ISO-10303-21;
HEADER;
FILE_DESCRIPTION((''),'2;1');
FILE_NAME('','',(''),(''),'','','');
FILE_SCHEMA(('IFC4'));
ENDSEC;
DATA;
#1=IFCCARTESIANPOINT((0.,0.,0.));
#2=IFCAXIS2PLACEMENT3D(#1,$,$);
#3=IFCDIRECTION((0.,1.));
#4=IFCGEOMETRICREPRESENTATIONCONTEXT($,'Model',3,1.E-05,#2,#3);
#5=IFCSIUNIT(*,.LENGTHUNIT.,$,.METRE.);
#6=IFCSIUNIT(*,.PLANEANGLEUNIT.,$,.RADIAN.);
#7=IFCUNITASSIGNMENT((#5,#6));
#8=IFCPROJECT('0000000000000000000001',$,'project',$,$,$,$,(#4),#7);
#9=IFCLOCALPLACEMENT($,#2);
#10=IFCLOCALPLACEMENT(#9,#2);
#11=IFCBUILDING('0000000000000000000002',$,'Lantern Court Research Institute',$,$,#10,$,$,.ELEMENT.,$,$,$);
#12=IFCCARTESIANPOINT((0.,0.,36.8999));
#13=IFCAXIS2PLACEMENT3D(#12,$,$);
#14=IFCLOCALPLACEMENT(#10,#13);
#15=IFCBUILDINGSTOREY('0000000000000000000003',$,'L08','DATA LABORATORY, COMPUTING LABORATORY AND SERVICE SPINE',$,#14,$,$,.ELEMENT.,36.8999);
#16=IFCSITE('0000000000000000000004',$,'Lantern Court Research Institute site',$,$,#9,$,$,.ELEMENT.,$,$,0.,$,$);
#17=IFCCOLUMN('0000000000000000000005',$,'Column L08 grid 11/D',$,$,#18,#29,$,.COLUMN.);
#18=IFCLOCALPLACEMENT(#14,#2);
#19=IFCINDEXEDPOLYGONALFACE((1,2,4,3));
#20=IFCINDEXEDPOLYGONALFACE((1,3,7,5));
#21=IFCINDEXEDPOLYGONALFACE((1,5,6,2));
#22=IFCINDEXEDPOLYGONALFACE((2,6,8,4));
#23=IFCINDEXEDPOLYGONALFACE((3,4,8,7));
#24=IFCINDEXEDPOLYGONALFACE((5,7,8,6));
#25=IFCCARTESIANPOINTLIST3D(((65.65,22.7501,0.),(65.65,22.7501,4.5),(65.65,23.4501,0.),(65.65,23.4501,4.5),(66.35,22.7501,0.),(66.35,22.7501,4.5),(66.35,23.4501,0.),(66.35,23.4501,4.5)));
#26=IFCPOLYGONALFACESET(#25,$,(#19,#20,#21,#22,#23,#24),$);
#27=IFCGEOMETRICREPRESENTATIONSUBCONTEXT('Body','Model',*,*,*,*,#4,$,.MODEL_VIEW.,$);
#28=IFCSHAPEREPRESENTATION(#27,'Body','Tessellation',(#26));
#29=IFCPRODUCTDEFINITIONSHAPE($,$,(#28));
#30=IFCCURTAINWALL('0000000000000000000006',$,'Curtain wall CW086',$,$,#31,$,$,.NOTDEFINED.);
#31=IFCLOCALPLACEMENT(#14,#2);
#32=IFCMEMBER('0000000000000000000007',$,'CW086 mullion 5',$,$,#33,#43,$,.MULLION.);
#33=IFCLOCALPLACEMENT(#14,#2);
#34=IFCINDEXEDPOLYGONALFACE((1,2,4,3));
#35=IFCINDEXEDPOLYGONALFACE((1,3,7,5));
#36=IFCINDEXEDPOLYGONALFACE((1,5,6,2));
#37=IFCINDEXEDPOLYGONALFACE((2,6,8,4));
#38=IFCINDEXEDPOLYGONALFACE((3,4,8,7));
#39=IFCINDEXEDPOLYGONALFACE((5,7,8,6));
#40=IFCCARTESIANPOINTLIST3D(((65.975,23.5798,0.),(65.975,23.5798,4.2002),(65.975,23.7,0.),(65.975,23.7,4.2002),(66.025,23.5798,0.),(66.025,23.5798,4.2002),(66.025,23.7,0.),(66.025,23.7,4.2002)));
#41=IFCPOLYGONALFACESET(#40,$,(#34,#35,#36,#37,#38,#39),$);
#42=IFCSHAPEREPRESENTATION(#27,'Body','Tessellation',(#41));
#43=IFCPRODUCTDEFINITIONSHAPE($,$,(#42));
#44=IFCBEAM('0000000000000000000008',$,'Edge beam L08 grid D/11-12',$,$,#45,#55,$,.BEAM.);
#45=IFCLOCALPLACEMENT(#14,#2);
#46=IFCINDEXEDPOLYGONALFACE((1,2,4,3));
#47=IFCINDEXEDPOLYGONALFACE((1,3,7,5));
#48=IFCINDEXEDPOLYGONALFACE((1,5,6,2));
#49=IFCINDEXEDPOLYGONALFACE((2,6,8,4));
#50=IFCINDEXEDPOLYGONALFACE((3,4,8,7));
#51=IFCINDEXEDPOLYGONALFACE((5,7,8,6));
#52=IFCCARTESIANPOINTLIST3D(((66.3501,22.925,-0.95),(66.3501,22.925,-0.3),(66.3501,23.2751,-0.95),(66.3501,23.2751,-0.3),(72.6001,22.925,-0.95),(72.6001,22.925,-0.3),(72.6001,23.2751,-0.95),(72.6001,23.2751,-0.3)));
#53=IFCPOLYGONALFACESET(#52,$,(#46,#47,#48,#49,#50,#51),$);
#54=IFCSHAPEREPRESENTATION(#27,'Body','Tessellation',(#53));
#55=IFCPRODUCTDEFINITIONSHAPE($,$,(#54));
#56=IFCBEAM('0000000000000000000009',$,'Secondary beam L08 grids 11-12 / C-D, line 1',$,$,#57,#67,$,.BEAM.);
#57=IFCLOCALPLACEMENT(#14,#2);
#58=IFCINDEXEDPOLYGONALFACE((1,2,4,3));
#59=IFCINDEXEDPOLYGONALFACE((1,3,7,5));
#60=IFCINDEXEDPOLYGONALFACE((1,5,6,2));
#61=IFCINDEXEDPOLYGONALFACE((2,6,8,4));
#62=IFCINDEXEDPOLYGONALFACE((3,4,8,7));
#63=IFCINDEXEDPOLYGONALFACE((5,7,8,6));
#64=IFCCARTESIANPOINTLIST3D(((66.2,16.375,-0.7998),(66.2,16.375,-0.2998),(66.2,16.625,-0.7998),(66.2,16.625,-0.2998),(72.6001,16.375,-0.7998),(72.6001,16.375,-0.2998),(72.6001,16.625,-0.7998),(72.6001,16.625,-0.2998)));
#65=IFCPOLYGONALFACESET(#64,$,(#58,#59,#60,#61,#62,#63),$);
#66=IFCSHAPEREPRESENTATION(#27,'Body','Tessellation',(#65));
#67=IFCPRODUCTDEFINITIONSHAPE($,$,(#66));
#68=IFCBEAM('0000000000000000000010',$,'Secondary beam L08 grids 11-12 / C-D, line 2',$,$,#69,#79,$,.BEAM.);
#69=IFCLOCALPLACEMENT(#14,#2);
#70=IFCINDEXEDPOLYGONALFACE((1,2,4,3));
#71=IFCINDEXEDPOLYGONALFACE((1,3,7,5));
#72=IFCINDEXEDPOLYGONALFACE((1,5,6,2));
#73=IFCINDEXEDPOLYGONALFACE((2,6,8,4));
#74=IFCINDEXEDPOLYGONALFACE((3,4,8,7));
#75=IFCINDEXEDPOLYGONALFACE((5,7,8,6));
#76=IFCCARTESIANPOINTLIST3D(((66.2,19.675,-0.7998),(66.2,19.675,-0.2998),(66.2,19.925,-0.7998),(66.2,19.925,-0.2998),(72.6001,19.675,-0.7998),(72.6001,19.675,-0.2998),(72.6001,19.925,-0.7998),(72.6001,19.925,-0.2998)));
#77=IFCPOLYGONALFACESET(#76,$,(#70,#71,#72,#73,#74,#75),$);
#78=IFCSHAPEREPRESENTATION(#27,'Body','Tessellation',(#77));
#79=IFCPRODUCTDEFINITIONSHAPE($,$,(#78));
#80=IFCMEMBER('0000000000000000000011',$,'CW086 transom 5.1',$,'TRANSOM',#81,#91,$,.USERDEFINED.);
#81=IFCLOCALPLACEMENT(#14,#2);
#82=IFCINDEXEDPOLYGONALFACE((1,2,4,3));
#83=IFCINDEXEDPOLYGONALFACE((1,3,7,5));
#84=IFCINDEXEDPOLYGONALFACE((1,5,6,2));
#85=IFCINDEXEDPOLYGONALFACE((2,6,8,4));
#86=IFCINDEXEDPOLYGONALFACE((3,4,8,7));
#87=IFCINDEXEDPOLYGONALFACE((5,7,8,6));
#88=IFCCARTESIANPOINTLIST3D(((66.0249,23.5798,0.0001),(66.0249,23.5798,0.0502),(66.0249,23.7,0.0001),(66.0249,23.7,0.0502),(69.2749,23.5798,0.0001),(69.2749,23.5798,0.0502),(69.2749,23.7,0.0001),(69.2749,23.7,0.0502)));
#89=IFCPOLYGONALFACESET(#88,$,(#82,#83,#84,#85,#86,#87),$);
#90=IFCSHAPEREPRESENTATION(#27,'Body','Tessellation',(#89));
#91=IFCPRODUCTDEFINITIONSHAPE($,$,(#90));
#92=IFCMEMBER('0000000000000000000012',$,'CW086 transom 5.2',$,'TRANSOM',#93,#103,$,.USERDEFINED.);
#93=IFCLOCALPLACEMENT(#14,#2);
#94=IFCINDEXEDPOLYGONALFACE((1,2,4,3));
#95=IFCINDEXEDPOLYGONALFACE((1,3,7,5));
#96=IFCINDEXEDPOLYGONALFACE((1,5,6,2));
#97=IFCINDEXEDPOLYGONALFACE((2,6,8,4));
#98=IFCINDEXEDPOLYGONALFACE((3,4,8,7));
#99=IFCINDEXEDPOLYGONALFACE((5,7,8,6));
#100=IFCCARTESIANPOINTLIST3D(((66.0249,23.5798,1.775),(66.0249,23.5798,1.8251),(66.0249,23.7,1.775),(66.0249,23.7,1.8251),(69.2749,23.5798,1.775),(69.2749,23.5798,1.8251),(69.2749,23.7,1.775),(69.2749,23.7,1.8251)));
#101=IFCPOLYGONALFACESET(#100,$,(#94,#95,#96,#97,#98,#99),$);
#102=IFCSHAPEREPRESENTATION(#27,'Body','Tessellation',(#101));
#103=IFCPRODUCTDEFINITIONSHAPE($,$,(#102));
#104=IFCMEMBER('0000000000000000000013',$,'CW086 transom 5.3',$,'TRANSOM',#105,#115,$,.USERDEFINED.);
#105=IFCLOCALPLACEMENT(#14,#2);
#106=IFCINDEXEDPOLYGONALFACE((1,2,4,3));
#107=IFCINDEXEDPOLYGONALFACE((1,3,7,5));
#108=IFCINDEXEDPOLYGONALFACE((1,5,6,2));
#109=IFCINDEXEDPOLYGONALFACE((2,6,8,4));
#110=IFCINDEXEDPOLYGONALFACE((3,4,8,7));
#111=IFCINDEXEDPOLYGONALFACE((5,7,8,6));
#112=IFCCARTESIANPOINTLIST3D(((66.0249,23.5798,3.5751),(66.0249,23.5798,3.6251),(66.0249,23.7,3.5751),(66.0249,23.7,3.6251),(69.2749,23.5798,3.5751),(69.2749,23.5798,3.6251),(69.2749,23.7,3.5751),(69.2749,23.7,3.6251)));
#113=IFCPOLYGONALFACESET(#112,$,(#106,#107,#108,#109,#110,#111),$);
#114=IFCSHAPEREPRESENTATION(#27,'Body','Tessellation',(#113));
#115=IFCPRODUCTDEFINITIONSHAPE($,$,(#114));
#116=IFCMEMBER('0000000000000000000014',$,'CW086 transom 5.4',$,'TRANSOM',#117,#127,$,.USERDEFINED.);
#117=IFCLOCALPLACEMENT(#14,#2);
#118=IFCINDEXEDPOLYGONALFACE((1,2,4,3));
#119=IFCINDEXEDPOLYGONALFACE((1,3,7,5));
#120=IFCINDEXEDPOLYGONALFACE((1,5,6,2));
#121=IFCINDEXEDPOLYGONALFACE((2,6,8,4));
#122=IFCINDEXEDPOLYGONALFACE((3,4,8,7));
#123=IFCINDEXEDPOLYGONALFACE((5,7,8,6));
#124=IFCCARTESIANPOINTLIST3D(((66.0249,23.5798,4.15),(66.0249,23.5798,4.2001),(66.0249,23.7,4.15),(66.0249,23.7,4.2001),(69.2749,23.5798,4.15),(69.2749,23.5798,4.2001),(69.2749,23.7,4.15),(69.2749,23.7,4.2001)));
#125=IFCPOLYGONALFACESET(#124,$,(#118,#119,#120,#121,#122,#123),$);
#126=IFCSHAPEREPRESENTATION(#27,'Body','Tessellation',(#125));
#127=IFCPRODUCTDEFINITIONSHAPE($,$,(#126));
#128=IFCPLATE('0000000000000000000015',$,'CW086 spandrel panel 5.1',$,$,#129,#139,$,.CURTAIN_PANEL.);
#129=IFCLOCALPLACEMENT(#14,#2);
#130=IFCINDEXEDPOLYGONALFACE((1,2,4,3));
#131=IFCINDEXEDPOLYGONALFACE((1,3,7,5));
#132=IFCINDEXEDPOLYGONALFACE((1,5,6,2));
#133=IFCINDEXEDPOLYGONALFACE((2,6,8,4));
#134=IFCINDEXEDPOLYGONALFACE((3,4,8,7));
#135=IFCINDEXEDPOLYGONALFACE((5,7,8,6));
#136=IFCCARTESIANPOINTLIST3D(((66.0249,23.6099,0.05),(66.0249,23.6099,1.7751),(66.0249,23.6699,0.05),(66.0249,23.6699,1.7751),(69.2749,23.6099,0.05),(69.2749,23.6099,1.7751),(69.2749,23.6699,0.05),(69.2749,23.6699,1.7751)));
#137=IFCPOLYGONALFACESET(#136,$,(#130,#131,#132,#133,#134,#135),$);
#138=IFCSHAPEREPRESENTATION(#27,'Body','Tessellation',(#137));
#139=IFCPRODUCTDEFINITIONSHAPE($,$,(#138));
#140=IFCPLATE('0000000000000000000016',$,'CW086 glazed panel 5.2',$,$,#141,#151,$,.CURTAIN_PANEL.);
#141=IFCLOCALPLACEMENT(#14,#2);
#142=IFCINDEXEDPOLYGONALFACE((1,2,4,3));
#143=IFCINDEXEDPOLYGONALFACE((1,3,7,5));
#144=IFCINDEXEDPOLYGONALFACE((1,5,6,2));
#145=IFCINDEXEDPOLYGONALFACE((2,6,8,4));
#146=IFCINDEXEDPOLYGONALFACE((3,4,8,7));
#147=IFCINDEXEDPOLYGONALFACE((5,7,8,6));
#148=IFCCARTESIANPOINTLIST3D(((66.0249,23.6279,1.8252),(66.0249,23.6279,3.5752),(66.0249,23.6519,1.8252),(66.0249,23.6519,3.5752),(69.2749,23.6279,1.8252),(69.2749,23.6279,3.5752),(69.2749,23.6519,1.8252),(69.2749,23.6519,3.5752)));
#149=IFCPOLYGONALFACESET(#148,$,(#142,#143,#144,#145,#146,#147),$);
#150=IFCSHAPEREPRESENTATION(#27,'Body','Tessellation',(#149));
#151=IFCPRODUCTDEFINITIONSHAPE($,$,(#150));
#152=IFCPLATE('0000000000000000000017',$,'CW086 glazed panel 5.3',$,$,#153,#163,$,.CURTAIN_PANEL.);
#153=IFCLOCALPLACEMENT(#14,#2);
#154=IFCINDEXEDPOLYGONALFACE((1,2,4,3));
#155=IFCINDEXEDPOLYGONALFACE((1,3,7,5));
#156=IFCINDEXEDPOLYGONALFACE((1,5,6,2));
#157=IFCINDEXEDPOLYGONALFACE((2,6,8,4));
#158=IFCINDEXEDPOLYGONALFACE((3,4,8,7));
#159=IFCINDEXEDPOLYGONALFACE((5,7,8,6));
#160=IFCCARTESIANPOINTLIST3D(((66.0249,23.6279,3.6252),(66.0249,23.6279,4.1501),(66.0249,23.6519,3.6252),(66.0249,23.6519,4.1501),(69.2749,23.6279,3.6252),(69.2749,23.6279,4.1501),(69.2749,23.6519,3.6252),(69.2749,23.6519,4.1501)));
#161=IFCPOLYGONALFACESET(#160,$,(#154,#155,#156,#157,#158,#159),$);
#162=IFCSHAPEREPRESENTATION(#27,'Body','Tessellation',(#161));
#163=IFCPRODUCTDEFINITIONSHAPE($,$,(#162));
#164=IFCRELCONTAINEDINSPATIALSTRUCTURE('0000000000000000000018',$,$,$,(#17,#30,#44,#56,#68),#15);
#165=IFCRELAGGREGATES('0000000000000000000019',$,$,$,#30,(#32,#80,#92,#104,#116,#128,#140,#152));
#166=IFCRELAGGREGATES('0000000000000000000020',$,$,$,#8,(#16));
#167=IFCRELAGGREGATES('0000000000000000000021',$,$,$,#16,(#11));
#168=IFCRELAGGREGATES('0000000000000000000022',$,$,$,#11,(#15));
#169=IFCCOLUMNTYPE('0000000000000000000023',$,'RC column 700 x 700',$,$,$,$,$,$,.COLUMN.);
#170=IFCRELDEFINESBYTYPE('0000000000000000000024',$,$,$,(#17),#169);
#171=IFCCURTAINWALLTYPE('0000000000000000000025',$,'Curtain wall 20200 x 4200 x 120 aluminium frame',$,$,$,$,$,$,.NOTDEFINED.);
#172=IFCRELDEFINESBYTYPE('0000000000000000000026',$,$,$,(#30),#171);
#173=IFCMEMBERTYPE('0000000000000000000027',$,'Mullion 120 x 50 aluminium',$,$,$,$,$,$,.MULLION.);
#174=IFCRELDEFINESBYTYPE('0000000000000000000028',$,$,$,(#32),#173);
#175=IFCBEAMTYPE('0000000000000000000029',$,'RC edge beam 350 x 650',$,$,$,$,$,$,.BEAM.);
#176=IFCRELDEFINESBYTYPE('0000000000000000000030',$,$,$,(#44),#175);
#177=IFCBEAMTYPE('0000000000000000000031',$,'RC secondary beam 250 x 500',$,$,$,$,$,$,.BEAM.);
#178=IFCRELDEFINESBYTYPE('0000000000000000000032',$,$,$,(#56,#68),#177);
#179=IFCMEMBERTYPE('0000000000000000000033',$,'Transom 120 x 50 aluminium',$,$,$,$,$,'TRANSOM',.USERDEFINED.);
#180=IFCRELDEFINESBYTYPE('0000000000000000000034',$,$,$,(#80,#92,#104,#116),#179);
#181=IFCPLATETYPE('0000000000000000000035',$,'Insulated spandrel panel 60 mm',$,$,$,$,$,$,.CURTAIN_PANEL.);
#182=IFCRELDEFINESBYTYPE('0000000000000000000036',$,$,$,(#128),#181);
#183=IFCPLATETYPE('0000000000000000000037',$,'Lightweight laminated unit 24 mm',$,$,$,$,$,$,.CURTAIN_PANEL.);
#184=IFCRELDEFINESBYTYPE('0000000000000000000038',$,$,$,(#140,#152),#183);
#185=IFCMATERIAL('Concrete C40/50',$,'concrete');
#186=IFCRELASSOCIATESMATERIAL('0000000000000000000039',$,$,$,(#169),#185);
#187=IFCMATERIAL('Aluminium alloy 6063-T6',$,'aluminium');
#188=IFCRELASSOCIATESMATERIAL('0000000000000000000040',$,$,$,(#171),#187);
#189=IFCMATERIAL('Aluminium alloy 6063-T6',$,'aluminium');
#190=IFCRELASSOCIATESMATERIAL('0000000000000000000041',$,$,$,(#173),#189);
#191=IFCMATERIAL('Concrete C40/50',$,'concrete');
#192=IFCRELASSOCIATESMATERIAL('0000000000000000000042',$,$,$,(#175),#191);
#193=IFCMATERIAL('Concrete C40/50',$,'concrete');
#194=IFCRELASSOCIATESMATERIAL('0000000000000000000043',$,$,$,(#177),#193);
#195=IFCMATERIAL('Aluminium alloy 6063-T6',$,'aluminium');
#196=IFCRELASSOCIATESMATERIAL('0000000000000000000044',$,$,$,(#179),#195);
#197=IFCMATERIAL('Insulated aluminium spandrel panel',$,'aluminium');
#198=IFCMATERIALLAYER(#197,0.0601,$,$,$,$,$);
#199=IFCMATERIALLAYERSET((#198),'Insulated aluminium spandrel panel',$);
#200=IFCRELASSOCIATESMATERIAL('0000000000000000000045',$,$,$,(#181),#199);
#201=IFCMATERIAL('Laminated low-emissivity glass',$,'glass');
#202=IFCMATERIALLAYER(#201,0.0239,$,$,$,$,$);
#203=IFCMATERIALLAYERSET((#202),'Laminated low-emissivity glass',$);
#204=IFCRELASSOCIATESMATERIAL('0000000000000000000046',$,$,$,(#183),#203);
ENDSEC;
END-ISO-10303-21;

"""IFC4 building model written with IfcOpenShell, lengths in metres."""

from ifc_helpers import new_model, si_unit, direction, frame, origin, origin_2d, place, context, subcontext, project, spatial, rectangle, extrude, material, layer, layer_set, material_profile, profile_set, type_object, element, aggregate, save


model = new_model("IFC4")

# Units and contexts
model_context = context("Model", 3, precision=1e-05, world=origin(), true_north=direction((0.0, 1.0)))
body_context = subcontext(model_context, "Body", "Model", "MODEL_VIEW")
ifc_project = project(units=[si_unit("LENGTHUNIT", "METRE"), si_unit("PLANEANGLEUNIT", "RADIAN")], contexts=[model_context])

# Site, building, storey
site_placement = place(None, origin())
site = spatial("IfcSite", under=ifc_project, at=site_placement, Name="Lantern Court Research Institute site", CompositionType="ELEMENT", RefElevation=0.0)
building_placement = place(site_placement, origin())
building = spatial("IfcBuilding", under=site, at=building_placement, Name="Lantern Court Research Institute", CompositionType="ELEMENT")
storey_placement = place(building_placement, frame((0.0, 0.0, 36.8999)))
storey = spatial("IfcBuildingStorey", under=building, at=storey_placement, Name="L08", Description="DATA LABORATORY, COMPUTING LABORATORY AND SERVICE SPINE", CompositionType="ELEMENT", Elevation=36.8999)

# Column
ifc_material_1 = material(Name="Concrete C40/50", Category="concrete")
ifc_material_profile_1 = material_profile(ifc_material_1, rectangle(XDim=0.7, YDim=0.7, at=origin_2d()), Name="RC column 700 x 700")
ifc_profile_set_1 = profile_set([ifc_material_profile_1], Name="Concrete C40/50")
column_type = type_object("IfcColumnType", Name="RC column 700 x 700", PredefinedType="COLUMN", material=ifc_profile_set_1)
column_placement = place(storey_placement, frame((66.0, 23.1001, 0.0), z_axis=(0.0, 0.0, 1.0), x_axis=(1.0, 0.0, 0.0)))
element("IfcColumn", 1, at=column_placement, inside=storey, type_object=column_type, Name="Column L08 grid 11/D", PredefinedType="COLUMN", context=body_context, shape_type="SweptSolid", body=[
    extrude(rectangle(XDim=0.7, YDim=0.7, at=origin_2d()), origin(), (0.0, 0.0, 1.0), 4.5),
])

# Curtain wall, member
ifc_material_2 = material(Name="Aluminium alloy 6063-T6", Category="aluminium")
curtain_wall_type = type_object("IfcCurtainWallType", Name="Curtain wall 20200 x 4200 x 120 aluminium frame", PredefinedType="NOTDEFINED", material=ifc_material_2)
curtain_wall_placement = place(storey_placement, origin())
curtain_wall = element("IfcCurtainWall", 2, at=curtain_wall_placement, inside=storey, type_object=curtain_wall_type, Name="Curtain wall CW086", PredefinedType="NOTDEFINED")
ifc_material_3 = material(Name="Aluminium alloy 6063-T6", Category="aluminium")
ifc_material_profile_2 = material_profile(ifc_material_3, rectangle(XDim=0.1201, YDim=0.05, at=origin_2d()), Name="Mullion 120 x 50")
ifc_profile_set_2 = profile_set([ifc_material_profile_2], Name="Aluminium alloy 6063-T6")
member_type_1 = type_object("IfcMemberType", Name="Mullion 120 x 50 aluminium", PredefinedType="MULLION", material=ifc_profile_set_2)
member_1_placement = place(storey_placement, frame((66.0, 23.6399, 0.0), z_axis=(0.0, 0.0, 1.0), x_axis=(0.0, 1.0, 0.0)))
member_1 = element("IfcMember", 3, at=member_1_placement, type_object=member_type_1, Name="CW086 mullion 5", PredefinedType="MULLION", context=body_context, shape_type="SweptSolid", body=[
    extrude(rectangle(XDim=0.1201, YDim=0.05, at=origin_2d()), origin(), (0.0, 0.0, 1.0), 4.2002),
])

# Beams
ifc_material_4 = material(Name="Concrete C40/50", Category="concrete")
ifc_material_profile_3 = material_profile(ifc_material_4, rectangle(XDim=0.3501, YDim=0.6499, at=origin_2d()), Name="RC beam 350 x 650")
ifc_profile_set_3 = profile_set([ifc_material_profile_3], Name="Concrete C40/50")
beam_type_1 = type_object("IfcBeamType", Name="RC edge beam 350 x 650", PredefinedType="BEAM", material=ifc_profile_set_3)
beam_placement = place(storey_placement, frame((66.3501, 23.1001, -0.625), z_axis=(1.0, 0.0, 0.0), x_axis=(0.0, 1.0, 0.0)))
element("IfcBeam", 4, at=beam_placement, inside=storey, type_object=beam_type_1, Name="Edge beam L08 grid D/11-12", PredefinedType="BEAM", context=body_context, shape_type="SweptSolid", body=[
    extrude(rectangle(XDim=0.3501, YDim=0.6499, at=origin_2d()), origin(), (0.0, 0.0, 1.0), 6.25),
])
ifc_material_5 = material(Name="Concrete C40/50", Category="concrete")
ifc_material_profile_4 = material_profile(ifc_material_5, rectangle(XDim=0.25, YDim=0.5, at=origin_2d()), Name="RC beam 250 x 500")
ifc_profile_set_4 = profile_set([ifc_material_profile_4], Name="Concrete C40/50")
beam_type_2 = type_object("IfcBeamType", Name="RC secondary beam 250 x 500", PredefinedType="BEAM", material=ifc_profile_set_4)
for number, where, z_axis, x_axis, name in (
    (5, (66.2, 16.5, -0.5498), (1.0, 0.0, 0.0), (0.0, 1.0, 0.0), "Secondary beam L08 grids 11-12 / C-D, line 1"),
    (6, (66.2, 19.8, -0.5498), (1.0, 0.0, 0.0), (0.0, 1.0, 0.0), "Secondary beam L08 grids 11-12 / C-D, line 2"),
):
    element("IfcBeam", number, at=place(storey_placement, frame(where, z_axis=z_axis, x_axis=x_axis)), inside=storey, type_object=beam_type_2, Name=name, PredefinedType="BEAM", context=body_context, shape_type="SweptSolid", body=[
        extrude(rectangle(XDim=0.25, YDim=0.5, at=origin_2d()), origin(), (0.0, 0.0, 1.0), 6.4001),
    ])

# Members
ifc_material_6 = material(Name="Aluminium alloy 6063-T6", Category="aluminium")
ifc_material_profile_5 = material_profile(ifc_material_6, rectangle(XDim=0.1201, YDim=0.05, at=origin_2d()), Name="Transom 120 x 50")
ifc_profile_set_5 = profile_set([ifc_material_profile_5], Name="Aluminium alloy 6063-T6")
member_type_2 = type_object("IfcMemberType", Name="Transom 120 x 50 aluminium", ElementType="TRANSOM", PredefinedType="USERDEFINED", material=ifc_profile_set_5)
member_2_placement = place(storey_placement, frame((66.0249, 23.6399, 0.0251), z_axis=(1.0, 0.0, 0.0), x_axis=(0.0, 1.0, 0.0)))
member_2 = element("IfcMember", 7, at=member_2_placement, type_object=member_type_2, Name="CW086 transom 5.1", ObjectType="TRANSOM", PredefinedType="USERDEFINED", context=body_context, shape_type="SweptSolid", body=[
    extrude(rectangle(XDim=0.1201, YDim=0.05, at=origin_2d()), origin(), (0.0, 0.0, 1.0), 3.25),
])
member_3_placement = place(storey_placement, frame((66.0249, 23.6399, 1.8), z_axis=(1.0, 0.0, 0.0), x_axis=(0.0, 1.0, 0.0)))
member_3 = element("IfcMember", 8, at=member_3_placement, type_object=member_type_2, Name="CW086 transom 5.2", ObjectType="TRANSOM", PredefinedType="USERDEFINED", context=body_context, shape_type="SweptSolid", body=[
    extrude(rectangle(XDim=0.1201, YDim=0.05, at=origin_2d()), origin(), (0.0, 0.0, 1.0), 3.25),
])
member_4_placement = place(storey_placement, frame((66.0249, 23.6399, 3.6001), z_axis=(1.0, 0.0, 0.0), x_axis=(0.0, 1.0, 0.0)))
member_4 = element("IfcMember", 9, at=member_4_placement, type_object=member_type_2, Name="CW086 transom 5.3", ObjectType="TRANSOM", PredefinedType="USERDEFINED", context=body_context, shape_type="SweptSolid", body=[
    extrude(rectangle(XDim=0.1201, YDim=0.05, at=origin_2d()), origin(), (0.0, 0.0, 1.0), 3.25),
])
member_5_placement = place(storey_placement, frame((66.0249, 23.6399, 4.175), z_axis=(1.0, 0.0, 0.0), x_axis=(0.0, 1.0, 0.0)))
member_5 = element("IfcMember", 10, at=member_5_placement, type_object=member_type_2, Name="CW086 transom 5.4", ObjectType="TRANSOM", PredefinedType="USERDEFINED", context=body_context, shape_type="SweptSolid", body=[
    extrude(rectangle(XDim=0.1201, YDim=0.05, at=origin_2d()), origin(), (0.0, 0.0, 1.0), 3.25),
])

# Plates
ifc_material_7 = material(Name="Insulated aluminium spandrel panel", Category="aluminium")
ifc_layer_1 = layer(ifc_material_7, 0.0601)
ifc_layer_set_1 = layer_set([ifc_layer_1], Name="Insulated aluminium spandrel panel")
plate_type_1 = type_object("IfcPlateType", Name="Insulated spandrel panel 60 mm", PredefinedType="CURTAIN_PANEL", material=ifc_layer_set_1)
plate_1_placement = place(storey_placement, frame((67.6499, 23.6399, 0.05), z_axis=(0.0, 0.0, 1.0), x_axis=(1.0, 0.0, 0.0)))
plate_1 = element("IfcPlate", 11, at=plate_1_placement, type_object=plate_type_1, Name="CW086 spandrel panel 5.1", PredefinedType="CURTAIN_PANEL", context=body_context, shape_type="SweptSolid", body=[
    extrude(rectangle(XDim=3.25, YDim=0.0601, at=origin_2d()), origin(), (0.0, 0.0, 1.0), 1.7251),
])
ifc_material_8 = material(Name="Laminated low-emissivity glass", Category="glass")
ifc_layer_2 = layer(ifc_material_8, 0.0239)
ifc_layer_set_2 = layer_set([ifc_layer_2], Name="Laminated low-emissivity glass")
plate_type_2 = type_object("IfcPlateType", Name="Lightweight laminated unit 24 mm", PredefinedType="CURTAIN_PANEL", material=ifc_layer_set_2)
plate_2_placement = place(storey_placement, frame((67.6499, 23.6399, 1.8252), z_axis=(0.0, 0.0, 1.0), x_axis=(1.0, 0.0, 0.0)))
plate_2 = element("IfcPlate", 12, at=plate_2_placement, type_object=plate_type_2, Name="CW086 glazed panel 5.2", PredefinedType="CURTAIN_PANEL", context=body_context, shape_type="SweptSolid", body=[
    extrude(rectangle(XDim=3.25, YDim=0.0239, at=origin_2d()), origin(), (0.0, 0.0, 1.0), 1.75),
])
plate_3_placement = place(storey_placement, frame((67.6499, 23.6399, 3.6252), z_axis=(0.0, 0.0, 1.0), x_axis=(1.0, 0.0, 0.0)))
plate_3 = element("IfcPlate", 13, at=plate_3_placement, type_object=plate_type_2, Name="CW086 glazed panel 5.3", PredefinedType="CURTAIN_PANEL", context=body_context, shape_type="SweptSolid", body=[
    extrude(rectangle(XDim=3.25, YDim=0.0239, at=origin_2d()), origin(), (0.0, 0.0, 1.0), 0.5249),
])
aggregate(curtain_wall, [member_1, member_2, member_3, member_4, member_5, plate_1, plate_2, plate_3])

save(model, "model.ifc")
